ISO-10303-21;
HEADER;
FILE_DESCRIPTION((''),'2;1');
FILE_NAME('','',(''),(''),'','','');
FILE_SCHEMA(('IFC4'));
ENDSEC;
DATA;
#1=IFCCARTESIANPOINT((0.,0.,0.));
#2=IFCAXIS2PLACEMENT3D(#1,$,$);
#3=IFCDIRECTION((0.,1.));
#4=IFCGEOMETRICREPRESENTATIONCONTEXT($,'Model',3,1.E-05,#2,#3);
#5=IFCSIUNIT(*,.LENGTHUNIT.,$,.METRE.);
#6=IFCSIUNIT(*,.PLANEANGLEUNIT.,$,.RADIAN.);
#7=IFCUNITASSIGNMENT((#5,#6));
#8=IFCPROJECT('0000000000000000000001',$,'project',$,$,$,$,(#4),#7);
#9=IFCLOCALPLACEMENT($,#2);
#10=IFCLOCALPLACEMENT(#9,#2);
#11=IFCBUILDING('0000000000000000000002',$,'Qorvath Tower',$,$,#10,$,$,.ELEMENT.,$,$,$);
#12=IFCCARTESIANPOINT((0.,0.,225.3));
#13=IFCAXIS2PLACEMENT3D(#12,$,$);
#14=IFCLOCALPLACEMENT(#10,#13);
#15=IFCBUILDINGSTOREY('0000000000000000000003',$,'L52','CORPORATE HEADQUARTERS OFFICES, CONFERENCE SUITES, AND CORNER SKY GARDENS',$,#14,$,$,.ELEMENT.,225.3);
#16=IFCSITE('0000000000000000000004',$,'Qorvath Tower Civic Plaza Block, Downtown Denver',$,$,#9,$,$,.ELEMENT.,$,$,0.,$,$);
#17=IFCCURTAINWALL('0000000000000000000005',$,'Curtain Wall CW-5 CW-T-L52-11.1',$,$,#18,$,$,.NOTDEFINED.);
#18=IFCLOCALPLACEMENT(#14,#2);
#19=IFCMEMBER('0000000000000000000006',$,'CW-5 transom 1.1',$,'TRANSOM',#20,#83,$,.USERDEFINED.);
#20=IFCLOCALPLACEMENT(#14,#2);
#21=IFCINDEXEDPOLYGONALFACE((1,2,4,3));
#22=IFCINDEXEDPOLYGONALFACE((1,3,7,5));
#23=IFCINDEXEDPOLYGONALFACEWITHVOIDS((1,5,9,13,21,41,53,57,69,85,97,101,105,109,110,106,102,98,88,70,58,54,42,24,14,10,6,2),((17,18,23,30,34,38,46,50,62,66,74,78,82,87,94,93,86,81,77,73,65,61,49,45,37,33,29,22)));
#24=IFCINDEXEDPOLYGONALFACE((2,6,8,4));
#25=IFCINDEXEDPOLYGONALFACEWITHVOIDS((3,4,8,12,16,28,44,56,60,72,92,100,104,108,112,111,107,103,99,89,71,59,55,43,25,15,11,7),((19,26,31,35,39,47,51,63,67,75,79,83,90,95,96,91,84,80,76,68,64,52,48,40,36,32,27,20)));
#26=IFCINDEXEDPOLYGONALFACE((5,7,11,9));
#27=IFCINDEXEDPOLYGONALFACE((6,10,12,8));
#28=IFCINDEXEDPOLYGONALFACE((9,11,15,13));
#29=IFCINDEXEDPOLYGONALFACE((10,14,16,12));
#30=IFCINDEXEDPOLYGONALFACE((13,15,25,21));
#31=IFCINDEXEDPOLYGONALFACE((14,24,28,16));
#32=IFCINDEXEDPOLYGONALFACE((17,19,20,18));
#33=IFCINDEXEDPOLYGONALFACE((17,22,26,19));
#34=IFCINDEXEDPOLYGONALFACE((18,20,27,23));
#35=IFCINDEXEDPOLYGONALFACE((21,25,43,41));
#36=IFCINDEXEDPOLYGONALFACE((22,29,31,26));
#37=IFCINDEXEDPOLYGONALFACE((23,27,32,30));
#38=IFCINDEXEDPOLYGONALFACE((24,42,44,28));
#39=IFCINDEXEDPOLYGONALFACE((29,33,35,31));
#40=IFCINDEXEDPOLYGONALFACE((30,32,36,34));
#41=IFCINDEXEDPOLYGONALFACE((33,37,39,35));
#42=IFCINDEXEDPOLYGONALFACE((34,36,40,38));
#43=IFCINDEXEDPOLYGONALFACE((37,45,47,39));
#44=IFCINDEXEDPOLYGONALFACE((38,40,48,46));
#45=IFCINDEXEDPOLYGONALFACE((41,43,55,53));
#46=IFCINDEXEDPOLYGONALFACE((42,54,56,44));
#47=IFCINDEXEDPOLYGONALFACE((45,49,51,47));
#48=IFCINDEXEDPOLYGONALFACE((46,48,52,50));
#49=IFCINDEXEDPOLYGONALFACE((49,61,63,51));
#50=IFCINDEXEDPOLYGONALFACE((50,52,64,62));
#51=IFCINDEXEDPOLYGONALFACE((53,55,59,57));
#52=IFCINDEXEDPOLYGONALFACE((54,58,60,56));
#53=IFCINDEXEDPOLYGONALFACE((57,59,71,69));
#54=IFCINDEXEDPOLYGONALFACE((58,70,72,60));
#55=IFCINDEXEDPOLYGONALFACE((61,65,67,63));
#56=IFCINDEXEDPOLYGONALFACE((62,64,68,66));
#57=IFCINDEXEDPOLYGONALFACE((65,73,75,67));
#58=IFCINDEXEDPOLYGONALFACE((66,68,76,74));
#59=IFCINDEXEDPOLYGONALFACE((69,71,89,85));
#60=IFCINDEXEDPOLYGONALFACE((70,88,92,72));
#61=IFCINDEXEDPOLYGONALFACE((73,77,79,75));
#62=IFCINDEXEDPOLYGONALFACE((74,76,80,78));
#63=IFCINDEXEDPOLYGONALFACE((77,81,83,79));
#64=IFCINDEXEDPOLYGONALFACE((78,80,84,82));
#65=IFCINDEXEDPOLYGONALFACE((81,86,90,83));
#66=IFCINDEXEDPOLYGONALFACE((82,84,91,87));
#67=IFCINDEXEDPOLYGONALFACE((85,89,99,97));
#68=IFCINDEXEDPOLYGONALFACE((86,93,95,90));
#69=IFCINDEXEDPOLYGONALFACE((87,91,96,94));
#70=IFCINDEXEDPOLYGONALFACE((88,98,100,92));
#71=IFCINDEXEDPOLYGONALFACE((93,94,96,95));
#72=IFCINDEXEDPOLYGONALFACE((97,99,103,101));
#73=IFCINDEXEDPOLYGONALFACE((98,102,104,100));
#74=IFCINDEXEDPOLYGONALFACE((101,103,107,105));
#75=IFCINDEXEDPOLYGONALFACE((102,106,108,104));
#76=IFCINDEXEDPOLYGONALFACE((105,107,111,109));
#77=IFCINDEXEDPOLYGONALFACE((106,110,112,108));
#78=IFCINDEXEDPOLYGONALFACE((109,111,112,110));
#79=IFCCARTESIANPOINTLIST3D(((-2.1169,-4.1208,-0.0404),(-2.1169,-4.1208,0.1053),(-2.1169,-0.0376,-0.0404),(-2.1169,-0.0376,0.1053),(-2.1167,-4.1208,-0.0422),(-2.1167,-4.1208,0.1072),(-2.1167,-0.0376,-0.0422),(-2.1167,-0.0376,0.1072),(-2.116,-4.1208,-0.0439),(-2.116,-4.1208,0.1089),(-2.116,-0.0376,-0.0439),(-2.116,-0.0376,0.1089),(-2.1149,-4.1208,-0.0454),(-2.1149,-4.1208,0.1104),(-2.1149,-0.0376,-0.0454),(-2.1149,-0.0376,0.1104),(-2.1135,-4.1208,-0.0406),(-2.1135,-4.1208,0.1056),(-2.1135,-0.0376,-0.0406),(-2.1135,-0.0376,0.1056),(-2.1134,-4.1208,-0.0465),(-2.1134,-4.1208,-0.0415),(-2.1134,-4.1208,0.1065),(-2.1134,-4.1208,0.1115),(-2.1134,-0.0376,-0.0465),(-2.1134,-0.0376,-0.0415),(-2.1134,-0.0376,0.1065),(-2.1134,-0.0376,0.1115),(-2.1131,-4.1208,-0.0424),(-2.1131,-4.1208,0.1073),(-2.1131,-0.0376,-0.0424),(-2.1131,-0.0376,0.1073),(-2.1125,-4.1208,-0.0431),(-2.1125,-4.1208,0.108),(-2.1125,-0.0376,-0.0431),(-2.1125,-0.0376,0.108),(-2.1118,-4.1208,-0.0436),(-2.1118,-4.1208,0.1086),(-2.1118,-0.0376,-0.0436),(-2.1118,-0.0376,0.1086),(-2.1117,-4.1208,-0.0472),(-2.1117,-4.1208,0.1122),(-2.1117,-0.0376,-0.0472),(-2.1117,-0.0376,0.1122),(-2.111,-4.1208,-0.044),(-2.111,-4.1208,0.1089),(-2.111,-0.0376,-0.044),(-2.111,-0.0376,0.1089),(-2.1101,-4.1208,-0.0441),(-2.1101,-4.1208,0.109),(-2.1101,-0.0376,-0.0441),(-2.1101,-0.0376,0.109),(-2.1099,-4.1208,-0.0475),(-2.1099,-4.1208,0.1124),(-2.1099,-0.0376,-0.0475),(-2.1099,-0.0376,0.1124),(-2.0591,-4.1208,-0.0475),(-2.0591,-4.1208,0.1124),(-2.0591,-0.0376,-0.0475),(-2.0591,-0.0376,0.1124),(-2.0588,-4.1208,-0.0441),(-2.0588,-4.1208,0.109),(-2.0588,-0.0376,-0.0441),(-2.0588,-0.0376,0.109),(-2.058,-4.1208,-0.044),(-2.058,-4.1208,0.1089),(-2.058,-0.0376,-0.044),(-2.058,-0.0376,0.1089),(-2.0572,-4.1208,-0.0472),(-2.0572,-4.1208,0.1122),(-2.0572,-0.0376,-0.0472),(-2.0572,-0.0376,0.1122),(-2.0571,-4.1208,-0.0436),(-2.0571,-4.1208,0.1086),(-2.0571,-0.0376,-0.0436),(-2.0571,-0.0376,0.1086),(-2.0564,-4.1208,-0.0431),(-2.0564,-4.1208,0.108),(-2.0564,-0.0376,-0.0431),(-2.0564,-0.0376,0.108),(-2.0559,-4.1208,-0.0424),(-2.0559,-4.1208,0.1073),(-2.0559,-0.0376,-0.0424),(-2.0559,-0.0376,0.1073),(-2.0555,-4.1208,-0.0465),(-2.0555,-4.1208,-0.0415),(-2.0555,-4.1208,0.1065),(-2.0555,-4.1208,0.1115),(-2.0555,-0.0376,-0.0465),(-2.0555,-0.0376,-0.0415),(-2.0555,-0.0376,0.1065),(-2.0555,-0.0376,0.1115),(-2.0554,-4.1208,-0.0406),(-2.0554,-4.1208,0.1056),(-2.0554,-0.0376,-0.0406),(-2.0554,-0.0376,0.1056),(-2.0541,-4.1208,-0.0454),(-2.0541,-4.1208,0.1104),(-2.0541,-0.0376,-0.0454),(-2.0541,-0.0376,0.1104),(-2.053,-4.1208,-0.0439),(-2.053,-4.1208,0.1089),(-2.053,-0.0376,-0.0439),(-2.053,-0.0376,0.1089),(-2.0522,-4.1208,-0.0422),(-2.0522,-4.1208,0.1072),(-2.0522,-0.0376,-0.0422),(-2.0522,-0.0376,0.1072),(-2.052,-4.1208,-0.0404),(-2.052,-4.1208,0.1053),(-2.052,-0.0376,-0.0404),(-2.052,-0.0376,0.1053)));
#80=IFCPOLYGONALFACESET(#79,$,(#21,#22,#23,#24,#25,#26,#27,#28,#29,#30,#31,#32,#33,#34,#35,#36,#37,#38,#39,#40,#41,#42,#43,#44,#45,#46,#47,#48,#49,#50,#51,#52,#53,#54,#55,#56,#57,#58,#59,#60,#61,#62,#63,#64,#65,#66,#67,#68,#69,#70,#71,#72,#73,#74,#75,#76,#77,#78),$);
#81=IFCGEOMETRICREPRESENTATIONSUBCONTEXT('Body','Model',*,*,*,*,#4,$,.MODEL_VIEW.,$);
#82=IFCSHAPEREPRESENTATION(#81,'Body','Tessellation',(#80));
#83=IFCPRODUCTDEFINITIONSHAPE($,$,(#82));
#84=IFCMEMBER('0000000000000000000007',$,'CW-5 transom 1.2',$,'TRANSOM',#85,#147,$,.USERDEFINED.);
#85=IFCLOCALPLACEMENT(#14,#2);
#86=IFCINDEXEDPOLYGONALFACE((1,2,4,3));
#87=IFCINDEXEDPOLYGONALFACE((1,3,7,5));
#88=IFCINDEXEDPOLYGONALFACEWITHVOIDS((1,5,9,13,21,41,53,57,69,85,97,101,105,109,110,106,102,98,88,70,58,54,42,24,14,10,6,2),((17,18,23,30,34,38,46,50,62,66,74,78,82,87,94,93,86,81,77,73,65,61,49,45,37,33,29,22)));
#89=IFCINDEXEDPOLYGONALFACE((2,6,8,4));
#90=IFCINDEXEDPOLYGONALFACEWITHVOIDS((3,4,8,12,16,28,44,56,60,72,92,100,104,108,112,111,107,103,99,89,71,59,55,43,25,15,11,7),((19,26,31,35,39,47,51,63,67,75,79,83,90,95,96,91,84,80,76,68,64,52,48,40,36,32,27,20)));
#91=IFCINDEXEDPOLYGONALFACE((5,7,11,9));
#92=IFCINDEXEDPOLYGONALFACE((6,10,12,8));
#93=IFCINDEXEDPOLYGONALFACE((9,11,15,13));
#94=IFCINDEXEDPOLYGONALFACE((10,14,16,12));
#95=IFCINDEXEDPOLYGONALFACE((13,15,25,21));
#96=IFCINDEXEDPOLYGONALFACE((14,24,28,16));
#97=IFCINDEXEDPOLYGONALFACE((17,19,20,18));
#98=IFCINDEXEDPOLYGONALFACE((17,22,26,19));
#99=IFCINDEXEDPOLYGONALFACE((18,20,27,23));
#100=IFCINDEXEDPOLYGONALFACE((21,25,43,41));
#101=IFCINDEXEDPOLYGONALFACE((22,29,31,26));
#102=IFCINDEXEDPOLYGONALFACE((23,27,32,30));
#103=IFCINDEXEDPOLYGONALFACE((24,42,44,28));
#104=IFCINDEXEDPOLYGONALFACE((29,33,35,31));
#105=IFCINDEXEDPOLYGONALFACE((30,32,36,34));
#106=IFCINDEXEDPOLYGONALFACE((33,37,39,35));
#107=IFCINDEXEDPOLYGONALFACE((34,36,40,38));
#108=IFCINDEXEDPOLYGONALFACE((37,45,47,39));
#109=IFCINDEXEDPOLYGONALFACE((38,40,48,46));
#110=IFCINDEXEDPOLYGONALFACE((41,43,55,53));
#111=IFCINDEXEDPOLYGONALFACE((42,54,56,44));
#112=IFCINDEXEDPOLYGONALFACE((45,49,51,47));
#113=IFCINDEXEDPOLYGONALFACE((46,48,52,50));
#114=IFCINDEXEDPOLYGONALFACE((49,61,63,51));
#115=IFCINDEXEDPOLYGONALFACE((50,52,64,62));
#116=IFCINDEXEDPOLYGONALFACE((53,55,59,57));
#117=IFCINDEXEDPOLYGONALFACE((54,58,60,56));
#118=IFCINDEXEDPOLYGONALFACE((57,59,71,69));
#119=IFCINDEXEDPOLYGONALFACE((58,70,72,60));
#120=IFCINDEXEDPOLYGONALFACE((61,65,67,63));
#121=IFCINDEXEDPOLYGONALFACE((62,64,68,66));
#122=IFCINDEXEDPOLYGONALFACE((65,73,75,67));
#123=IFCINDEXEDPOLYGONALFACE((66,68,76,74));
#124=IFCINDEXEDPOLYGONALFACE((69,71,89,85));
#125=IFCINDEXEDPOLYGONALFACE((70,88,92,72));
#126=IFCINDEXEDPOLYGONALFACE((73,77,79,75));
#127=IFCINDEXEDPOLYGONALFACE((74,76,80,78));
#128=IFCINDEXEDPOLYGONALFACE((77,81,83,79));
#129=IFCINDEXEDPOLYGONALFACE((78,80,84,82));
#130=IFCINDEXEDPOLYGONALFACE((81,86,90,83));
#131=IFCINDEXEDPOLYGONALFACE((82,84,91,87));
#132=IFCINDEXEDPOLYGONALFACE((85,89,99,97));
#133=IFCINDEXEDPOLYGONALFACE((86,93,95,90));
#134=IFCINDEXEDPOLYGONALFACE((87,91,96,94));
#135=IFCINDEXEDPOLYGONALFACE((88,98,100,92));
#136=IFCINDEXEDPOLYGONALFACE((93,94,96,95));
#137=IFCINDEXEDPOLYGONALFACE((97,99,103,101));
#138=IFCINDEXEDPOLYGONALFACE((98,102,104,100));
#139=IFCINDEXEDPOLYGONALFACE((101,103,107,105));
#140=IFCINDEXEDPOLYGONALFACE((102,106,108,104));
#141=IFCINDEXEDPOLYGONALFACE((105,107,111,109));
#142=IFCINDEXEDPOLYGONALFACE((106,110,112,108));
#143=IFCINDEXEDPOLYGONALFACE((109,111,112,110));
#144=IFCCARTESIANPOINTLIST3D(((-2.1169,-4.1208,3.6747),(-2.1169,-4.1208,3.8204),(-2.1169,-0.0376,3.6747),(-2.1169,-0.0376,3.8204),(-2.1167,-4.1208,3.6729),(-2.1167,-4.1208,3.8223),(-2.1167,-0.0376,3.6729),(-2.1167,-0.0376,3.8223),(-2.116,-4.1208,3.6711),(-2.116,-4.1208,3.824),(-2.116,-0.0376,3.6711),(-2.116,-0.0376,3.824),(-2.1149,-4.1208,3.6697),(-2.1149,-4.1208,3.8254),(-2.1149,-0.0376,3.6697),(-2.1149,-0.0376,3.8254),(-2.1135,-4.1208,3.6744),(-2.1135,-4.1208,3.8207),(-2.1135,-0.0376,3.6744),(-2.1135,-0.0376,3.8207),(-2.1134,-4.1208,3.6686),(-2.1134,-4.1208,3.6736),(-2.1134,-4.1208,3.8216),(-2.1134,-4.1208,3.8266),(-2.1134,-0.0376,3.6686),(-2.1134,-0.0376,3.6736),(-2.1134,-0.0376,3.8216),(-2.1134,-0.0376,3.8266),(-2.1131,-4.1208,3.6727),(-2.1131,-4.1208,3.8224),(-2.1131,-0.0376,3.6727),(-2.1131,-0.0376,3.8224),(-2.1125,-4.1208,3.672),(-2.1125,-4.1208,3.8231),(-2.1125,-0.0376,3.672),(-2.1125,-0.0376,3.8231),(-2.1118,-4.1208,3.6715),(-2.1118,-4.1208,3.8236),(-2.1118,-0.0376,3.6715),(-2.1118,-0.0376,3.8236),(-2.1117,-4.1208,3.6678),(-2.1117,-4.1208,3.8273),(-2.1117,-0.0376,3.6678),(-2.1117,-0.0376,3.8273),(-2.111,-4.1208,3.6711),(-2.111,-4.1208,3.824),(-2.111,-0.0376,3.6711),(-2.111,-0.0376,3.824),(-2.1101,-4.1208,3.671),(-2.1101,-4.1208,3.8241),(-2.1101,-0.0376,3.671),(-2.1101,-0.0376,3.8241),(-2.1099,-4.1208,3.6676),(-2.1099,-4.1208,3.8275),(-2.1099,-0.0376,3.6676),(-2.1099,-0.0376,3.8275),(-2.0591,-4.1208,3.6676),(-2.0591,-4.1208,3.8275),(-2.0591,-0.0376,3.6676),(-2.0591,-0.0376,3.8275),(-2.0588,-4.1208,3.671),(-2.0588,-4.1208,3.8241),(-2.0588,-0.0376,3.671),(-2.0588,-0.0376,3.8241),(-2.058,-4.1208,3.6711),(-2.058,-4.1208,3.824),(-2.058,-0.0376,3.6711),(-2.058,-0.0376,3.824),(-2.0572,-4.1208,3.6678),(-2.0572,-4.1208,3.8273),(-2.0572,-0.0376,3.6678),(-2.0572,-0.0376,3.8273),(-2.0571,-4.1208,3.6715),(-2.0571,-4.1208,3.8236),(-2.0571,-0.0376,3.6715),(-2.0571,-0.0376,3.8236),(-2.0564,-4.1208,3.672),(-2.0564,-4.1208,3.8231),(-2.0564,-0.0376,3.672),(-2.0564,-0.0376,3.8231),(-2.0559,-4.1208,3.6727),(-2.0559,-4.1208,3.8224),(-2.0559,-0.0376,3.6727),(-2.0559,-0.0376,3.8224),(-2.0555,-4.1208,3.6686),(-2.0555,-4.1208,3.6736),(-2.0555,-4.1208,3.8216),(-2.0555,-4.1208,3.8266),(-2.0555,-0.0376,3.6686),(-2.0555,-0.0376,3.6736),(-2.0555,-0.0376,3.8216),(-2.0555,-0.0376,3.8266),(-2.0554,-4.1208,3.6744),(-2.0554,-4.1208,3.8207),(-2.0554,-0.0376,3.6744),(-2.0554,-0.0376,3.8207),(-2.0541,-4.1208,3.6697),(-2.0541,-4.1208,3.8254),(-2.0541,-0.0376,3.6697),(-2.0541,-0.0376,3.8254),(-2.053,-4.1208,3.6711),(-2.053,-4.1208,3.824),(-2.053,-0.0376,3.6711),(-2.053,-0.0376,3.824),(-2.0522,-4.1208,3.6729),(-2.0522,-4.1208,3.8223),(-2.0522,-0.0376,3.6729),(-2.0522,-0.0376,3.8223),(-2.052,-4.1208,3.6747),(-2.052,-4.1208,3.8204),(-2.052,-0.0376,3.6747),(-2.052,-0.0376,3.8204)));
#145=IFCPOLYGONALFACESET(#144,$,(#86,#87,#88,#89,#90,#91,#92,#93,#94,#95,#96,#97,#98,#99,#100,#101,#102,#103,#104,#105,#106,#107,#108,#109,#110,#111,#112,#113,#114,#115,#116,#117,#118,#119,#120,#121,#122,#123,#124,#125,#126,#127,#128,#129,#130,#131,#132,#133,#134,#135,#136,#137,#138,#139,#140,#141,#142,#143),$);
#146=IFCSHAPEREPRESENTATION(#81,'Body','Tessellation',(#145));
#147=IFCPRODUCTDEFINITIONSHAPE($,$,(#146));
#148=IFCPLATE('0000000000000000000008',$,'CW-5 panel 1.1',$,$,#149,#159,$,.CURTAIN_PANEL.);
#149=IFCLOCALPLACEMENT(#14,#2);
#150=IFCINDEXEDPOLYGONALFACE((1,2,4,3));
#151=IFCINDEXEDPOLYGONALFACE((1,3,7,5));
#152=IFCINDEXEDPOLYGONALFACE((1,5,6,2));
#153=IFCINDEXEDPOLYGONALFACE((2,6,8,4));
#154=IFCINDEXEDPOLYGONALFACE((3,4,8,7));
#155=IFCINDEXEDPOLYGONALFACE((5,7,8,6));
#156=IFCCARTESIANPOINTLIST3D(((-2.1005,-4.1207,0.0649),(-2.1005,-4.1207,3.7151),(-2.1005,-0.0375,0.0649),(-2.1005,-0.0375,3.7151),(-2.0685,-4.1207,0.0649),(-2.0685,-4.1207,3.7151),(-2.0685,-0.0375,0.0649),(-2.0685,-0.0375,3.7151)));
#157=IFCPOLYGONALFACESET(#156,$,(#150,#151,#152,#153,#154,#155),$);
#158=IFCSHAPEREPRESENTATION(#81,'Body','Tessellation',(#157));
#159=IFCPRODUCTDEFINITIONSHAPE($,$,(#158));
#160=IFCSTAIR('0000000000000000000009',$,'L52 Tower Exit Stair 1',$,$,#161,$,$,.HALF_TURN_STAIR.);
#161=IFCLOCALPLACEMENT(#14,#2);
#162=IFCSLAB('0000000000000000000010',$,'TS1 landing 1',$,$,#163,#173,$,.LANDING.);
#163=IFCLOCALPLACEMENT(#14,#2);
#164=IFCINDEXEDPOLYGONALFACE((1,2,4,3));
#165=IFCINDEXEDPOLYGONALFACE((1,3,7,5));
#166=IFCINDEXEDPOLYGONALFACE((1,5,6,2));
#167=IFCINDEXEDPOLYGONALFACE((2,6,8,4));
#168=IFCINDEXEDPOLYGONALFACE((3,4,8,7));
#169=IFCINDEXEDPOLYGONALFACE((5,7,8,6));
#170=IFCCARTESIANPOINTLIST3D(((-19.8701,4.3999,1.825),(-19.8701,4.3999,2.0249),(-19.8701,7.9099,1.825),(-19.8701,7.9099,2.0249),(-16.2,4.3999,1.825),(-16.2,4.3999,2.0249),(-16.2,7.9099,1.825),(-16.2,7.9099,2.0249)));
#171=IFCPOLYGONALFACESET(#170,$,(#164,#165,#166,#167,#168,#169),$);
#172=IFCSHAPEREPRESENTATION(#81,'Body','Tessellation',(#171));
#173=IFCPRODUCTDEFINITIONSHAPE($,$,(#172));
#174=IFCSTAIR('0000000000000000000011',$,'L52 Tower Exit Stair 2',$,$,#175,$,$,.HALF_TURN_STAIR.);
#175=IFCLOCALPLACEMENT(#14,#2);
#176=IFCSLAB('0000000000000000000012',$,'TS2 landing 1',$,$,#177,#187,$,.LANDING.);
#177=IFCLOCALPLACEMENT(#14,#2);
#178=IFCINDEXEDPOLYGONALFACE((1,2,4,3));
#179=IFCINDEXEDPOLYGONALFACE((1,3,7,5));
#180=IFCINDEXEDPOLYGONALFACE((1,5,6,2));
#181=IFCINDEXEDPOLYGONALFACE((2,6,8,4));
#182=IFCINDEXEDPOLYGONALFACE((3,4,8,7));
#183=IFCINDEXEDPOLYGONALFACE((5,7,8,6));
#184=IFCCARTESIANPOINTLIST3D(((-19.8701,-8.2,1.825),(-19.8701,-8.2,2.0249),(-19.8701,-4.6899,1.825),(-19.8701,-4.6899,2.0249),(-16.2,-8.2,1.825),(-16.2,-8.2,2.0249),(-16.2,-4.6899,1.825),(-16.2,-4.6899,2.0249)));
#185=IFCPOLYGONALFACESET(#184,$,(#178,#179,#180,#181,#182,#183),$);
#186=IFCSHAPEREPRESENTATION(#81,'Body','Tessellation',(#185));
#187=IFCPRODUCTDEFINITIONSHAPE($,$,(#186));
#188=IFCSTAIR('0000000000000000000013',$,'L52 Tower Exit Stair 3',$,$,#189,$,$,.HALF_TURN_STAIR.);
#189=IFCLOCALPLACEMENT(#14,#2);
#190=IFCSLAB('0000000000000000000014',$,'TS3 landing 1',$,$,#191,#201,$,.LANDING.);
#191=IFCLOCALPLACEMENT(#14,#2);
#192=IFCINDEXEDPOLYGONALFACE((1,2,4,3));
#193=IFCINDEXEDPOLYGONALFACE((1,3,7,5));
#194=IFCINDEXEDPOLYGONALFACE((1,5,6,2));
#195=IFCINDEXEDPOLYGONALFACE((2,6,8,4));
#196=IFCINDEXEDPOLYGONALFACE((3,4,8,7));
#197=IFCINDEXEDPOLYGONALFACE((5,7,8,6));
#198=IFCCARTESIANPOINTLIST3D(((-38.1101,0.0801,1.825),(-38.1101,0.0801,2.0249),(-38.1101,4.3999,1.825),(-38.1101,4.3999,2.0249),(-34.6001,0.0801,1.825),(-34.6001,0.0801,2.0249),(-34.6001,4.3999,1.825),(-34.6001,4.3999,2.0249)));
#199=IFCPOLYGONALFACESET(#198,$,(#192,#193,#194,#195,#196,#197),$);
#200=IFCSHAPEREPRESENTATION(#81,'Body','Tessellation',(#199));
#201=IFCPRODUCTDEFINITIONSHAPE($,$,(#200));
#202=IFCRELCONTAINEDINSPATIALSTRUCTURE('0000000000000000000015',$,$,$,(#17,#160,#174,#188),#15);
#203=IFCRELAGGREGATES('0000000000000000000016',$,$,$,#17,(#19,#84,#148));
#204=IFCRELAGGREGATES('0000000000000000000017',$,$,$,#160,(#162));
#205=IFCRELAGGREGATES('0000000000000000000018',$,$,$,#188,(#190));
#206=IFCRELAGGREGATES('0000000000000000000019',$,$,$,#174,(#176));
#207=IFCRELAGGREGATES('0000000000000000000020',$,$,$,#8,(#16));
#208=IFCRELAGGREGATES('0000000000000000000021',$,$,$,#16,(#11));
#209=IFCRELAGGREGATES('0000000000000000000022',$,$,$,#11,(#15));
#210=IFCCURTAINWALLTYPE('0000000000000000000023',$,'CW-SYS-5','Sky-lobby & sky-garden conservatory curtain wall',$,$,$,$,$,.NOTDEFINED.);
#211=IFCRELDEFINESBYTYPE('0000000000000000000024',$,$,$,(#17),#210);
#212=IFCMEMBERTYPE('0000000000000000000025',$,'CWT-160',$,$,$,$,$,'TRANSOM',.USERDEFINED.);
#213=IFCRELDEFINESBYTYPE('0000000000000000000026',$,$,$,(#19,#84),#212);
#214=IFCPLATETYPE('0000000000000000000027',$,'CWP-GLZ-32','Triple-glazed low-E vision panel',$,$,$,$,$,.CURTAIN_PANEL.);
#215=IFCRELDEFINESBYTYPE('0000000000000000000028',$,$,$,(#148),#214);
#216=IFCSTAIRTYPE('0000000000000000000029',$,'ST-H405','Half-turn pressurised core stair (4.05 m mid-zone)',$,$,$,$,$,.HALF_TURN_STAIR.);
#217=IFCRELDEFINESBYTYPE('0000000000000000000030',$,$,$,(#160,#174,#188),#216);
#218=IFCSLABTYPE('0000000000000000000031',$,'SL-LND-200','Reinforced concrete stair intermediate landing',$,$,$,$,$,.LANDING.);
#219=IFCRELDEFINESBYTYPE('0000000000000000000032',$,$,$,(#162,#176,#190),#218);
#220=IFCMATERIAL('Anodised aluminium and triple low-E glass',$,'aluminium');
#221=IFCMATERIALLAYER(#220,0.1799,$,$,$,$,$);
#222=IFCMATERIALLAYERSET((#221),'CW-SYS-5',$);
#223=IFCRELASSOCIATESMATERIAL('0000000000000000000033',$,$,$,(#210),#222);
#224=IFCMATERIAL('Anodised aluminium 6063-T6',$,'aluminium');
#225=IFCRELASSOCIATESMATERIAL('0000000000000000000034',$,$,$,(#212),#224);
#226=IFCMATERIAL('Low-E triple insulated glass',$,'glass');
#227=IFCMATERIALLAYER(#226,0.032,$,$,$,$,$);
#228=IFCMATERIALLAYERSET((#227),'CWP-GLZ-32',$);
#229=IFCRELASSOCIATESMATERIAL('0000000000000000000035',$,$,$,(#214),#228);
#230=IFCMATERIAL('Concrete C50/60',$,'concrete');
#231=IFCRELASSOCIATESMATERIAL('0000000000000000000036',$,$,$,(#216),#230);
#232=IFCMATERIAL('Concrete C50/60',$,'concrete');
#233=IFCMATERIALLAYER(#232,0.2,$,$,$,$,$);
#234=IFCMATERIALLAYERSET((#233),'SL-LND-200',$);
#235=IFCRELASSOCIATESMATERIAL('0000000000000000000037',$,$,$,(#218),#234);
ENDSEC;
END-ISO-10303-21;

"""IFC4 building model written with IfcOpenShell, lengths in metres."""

from ifc_helpers import new_model, si_unit, direction, frame, origin, origin_2d, place, context, subcontext, project, spatial, polyline, rectangle, hollow_rectangle, outline, extrude, material, layer, layer_set, material_profile, profile_set, type_object, element, aggregate, save


model = new_model("IFC4")

# Units and contexts
model_context = context("Model", 3, precision=1e-05, world=origin(), true_north=direction((0.0, 1.0)))
body_context = subcontext(model_context, "Body", "Model", "MODEL_VIEW")
ifc_project = project(units=[si_unit("LENGTHUNIT", "METRE"), si_unit("PLANEANGLEUNIT", "RADIAN")], contexts=[model_context])

# Site, building, storey
site_placement = place(None, origin())
site = spatial("IfcSite", under=ifc_project, at=site_placement, Name="Qorvath Tower Civic Plaza Block, Downtown Denver", CompositionType="ELEMENT", RefElevation=0.0)
building_placement = place(site_placement, origin())
building = spatial("IfcBuilding", under=site, at=building_placement, Name="Qorvath Tower", CompositionType="ELEMENT")
storey_placement = place(building_placement, frame((0.0, 0.0, 225.3)))
storey = spatial("IfcBuildingStorey", under=building, at=storey_placement, Name="L52", Description="CORPORATE HEADQUARTERS OFFICES, CONFERENCE SUITES, AND CORNER SKY GARDENS", CompositionType="ELEMENT", Elevation=225.3)

# Curtain wall, members, plate
ifc_material_1 = material(Name="Anodised aluminium and triple low-E glass", Category="aluminium")
ifc_layer_1 = layer(ifc_material_1, 0.1799)
ifc_layer_set_1 = layer_set([ifc_layer_1], Name="CW-SYS-5")
curtain_wall_type = type_object("IfcCurtainWallType", Name="CW-SYS-5", Description="Sky-lobby & sky-garden conservatory curtain wall", PredefinedType="NOTDEFINED", material=ifc_layer_set_1)
curtain_wall_placement = place(storey_placement, origin())
curtain_wall = element("IfcCurtainWall", 1, at=curtain_wall_placement, inside=storey, type_object=curtain_wall_type, Name="Curtain Wall CW-5 CW-T-L52-11.1", PredefinedType="NOTDEFINED")
ifc_material_2 = material(Name="Anodised aluminium 6063-T6", Category="aluminium")
ifc_material_profile_1 = material_profile(ifc_material_2, hollow_rectangle(XDim=0.0649, YDim=0.1599, WallThickness=0.0034, InnerFilletRadius=0.0034, OuterFilletRadius=0.0071, at=origin_2d()), Name="CWT 160x65")
ifc_profile_set_1 = profile_set([ifc_material_profile_1], Name="Anodised aluminium 6063-T6")
member_type_1 = type_object("IfcMemberType", Name="CWT-160", ElementType="TRANSOM", PredefinedType="USERDEFINED", material=ifc_profile_set_1)
member_1_placement = place(storey_placement, frame((-2.0845, -4.1208, 0.0325), z_axis=(0.0, 1.0, 0.0), x_axis=(-1.0, 0.0, 0.0)))
member_1 = element("IfcMember", 2, at=member_1_placement, type_object=member_type_1, Name="CW-5 transom 1.1", ObjectType="TRANSOM", PredefinedType="USERDEFINED", context=body_context, shape_type="SweptSolid", body=[
    extrude(hollow_rectangle(XDim=0.0649, YDim=0.1599, WallThickness=0.0034, InnerFilletRadius=0.0034, OuterFilletRadius=0.0071, at=origin_2d()), origin(), (0.0, 0.0, 1.0), 4.0833),
])
member_2_placement = place(storey_placement, frame((-2.0845, -4.1208, 3.7476), z_axis=(0.0, 1.0, 0.0), x_axis=(-1.0, 0.0, 0.0)))
member_2 = element("IfcMember", 3, at=member_2_placement, type_object=member_type_1, Name="CW-5 transom 1.2", ObjectType="TRANSOM", PredefinedType="USERDEFINED", context=body_context, shape_type="SweptSolid", body=[
    extrude(hollow_rectangle(XDim=0.0649, YDim=0.1599, WallThickness=0.0034, InnerFilletRadius=0.0034, OuterFilletRadius=0.0071, at=origin_2d()), origin(), (0.0, 0.0, 1.0), 4.0833),
])
ifc_material_3 = material(Name="Low-E triple insulated glass", Category="glass")
ifc_layer_2 = layer(ifc_material_3, 0.032)
ifc_layer_set_2 = layer_set([ifc_layer_2], Name="CWP-GLZ-32")
plate_type = type_object("IfcPlateType", Name="CWP-GLZ-32", Description="Triple-glazed low-E vision panel", PredefinedType="CURTAIN_PANEL", material=ifc_layer_set_2)
plate_placement = place(storey_placement, frame((-2.0845, -2.0791, 0.0649), z_axis=(0.0, 0.0, 1.0), x_axis=(0.0, 1.0, 0.0)))
plate = element("IfcPlate", 4, at=plate_placement, type_object=plate_type, Name="CW-5 panel 1.1", PredefinedType="CURTAIN_PANEL", context=body_context, shape_type="SweptSolid", body=[
    extrude(rectangle(XDim=4.0833, YDim=0.032, at=origin_2d()), origin(), (0.0, 0.0, 1.0), 3.6501),
])
aggregate(curtain_wall, [member_1, member_2, plate])

# Stairs, slabs
ifc_material_4 = material(Name="Concrete C50/60", Category="concrete")
stair_type = type_object("IfcStairType", Name="ST-H405", Description="Half-turn pressurised core stair (4.05 m mid-zone)", PredefinedType="HALF_TURN_STAIR", material=ifc_material_4)
stair_1_placement = place(storey_placement, origin())
stair_1 = element("IfcStair", 5, at=stair_1_placement, inside=storey, type_object=stair_type, Name="L52 Tower Exit Stair 1", PredefinedType="HALF_TURN_STAIR")
ifc_material_5 = material(Name="Concrete C50/60", Category="concrete")
ifc_layer_3 = layer(ifc_material_5, 0.2)
ifc_layer_set_3 = layer_set([ifc_layer_3], Name="SL-LND-200")
slab_type_1 = type_object("IfcSlabType", Name="SL-LND-200", Description="Reinforced concrete stair intermediate landing", PredefinedType="LANDING", material=ifc_layer_set_3)
slab_1_placement = place(storey_placement, frame((0.0, 0.0, 1.825)))
slab_1 = element("IfcSlab", 6, at=slab_1_placement, type_object=slab_type_1, Name="TS1 landing 1", PredefinedType="LANDING", context=body_context, shape_type="SweptSolid", body=[
    extrude(outline(polyline([(-19.8701, 4.3999), (-16.2, 4.3999), (-16.2, 7.9099), (-19.8701, 7.9099), (-19.8701, 4.3999)])), origin(), (0.0, 0.0, 1.0), 0.2),
])
aggregate(stair_1, [slab_1])
stair_2_placement = place(storey_placement, origin())
stair_2 = element("IfcStair", 7, at=stair_2_placement, inside=storey, type_object=stair_type, Name="L52 Tower Exit Stair 2", PredefinedType="HALF_TURN_STAIR")
slab_2_placement = place(storey_placement, frame((0.0, 0.0, 1.825)))
slab_2 = element("IfcSlab", 8, at=slab_2_placement, type_object=slab_type_1, Name="TS2 landing 1", PredefinedType="LANDING", context=body_context, shape_type="SweptSolid", body=[
    extrude(outline(polyline([(-19.8701, -8.2), (-16.2, -8.2), (-16.2, -4.6899), (-19.8701, -4.6899), (-19.8701, -8.2)])), origin(), (0.0, 0.0, 1.0), 0.2),
])
stair_3_placement = place(storey_placement, origin())
stair_3 = element("IfcStair", 9, at=stair_3_placement, inside=storey, type_object=stair_type, Name="L52 Tower Exit Stair 3", PredefinedType="HALF_TURN_STAIR")
slab_3_placement = place(storey_placement, frame((0.0, 0.0, 1.825)))
slab_3 = element("IfcSlab", 10, at=slab_3_placement, type_object=slab_type_1, Name="TS3 landing 1", PredefinedType="LANDING", context=body_context, shape_type="SweptSolid", body=[
    extrude(outline(polyline([(-34.6001, 0.0801), (-34.6001, 4.3999), (-38.1101, 4.3999), (-38.1101, 0.0801), (-34.6001, 0.0801)])), origin(), (0.0, 0.0, 1.0), 0.2),
])
aggregate(stair_3, [slab_3])

aggregate(stair_2, [slab_2])

save(model, "model.ifc")
